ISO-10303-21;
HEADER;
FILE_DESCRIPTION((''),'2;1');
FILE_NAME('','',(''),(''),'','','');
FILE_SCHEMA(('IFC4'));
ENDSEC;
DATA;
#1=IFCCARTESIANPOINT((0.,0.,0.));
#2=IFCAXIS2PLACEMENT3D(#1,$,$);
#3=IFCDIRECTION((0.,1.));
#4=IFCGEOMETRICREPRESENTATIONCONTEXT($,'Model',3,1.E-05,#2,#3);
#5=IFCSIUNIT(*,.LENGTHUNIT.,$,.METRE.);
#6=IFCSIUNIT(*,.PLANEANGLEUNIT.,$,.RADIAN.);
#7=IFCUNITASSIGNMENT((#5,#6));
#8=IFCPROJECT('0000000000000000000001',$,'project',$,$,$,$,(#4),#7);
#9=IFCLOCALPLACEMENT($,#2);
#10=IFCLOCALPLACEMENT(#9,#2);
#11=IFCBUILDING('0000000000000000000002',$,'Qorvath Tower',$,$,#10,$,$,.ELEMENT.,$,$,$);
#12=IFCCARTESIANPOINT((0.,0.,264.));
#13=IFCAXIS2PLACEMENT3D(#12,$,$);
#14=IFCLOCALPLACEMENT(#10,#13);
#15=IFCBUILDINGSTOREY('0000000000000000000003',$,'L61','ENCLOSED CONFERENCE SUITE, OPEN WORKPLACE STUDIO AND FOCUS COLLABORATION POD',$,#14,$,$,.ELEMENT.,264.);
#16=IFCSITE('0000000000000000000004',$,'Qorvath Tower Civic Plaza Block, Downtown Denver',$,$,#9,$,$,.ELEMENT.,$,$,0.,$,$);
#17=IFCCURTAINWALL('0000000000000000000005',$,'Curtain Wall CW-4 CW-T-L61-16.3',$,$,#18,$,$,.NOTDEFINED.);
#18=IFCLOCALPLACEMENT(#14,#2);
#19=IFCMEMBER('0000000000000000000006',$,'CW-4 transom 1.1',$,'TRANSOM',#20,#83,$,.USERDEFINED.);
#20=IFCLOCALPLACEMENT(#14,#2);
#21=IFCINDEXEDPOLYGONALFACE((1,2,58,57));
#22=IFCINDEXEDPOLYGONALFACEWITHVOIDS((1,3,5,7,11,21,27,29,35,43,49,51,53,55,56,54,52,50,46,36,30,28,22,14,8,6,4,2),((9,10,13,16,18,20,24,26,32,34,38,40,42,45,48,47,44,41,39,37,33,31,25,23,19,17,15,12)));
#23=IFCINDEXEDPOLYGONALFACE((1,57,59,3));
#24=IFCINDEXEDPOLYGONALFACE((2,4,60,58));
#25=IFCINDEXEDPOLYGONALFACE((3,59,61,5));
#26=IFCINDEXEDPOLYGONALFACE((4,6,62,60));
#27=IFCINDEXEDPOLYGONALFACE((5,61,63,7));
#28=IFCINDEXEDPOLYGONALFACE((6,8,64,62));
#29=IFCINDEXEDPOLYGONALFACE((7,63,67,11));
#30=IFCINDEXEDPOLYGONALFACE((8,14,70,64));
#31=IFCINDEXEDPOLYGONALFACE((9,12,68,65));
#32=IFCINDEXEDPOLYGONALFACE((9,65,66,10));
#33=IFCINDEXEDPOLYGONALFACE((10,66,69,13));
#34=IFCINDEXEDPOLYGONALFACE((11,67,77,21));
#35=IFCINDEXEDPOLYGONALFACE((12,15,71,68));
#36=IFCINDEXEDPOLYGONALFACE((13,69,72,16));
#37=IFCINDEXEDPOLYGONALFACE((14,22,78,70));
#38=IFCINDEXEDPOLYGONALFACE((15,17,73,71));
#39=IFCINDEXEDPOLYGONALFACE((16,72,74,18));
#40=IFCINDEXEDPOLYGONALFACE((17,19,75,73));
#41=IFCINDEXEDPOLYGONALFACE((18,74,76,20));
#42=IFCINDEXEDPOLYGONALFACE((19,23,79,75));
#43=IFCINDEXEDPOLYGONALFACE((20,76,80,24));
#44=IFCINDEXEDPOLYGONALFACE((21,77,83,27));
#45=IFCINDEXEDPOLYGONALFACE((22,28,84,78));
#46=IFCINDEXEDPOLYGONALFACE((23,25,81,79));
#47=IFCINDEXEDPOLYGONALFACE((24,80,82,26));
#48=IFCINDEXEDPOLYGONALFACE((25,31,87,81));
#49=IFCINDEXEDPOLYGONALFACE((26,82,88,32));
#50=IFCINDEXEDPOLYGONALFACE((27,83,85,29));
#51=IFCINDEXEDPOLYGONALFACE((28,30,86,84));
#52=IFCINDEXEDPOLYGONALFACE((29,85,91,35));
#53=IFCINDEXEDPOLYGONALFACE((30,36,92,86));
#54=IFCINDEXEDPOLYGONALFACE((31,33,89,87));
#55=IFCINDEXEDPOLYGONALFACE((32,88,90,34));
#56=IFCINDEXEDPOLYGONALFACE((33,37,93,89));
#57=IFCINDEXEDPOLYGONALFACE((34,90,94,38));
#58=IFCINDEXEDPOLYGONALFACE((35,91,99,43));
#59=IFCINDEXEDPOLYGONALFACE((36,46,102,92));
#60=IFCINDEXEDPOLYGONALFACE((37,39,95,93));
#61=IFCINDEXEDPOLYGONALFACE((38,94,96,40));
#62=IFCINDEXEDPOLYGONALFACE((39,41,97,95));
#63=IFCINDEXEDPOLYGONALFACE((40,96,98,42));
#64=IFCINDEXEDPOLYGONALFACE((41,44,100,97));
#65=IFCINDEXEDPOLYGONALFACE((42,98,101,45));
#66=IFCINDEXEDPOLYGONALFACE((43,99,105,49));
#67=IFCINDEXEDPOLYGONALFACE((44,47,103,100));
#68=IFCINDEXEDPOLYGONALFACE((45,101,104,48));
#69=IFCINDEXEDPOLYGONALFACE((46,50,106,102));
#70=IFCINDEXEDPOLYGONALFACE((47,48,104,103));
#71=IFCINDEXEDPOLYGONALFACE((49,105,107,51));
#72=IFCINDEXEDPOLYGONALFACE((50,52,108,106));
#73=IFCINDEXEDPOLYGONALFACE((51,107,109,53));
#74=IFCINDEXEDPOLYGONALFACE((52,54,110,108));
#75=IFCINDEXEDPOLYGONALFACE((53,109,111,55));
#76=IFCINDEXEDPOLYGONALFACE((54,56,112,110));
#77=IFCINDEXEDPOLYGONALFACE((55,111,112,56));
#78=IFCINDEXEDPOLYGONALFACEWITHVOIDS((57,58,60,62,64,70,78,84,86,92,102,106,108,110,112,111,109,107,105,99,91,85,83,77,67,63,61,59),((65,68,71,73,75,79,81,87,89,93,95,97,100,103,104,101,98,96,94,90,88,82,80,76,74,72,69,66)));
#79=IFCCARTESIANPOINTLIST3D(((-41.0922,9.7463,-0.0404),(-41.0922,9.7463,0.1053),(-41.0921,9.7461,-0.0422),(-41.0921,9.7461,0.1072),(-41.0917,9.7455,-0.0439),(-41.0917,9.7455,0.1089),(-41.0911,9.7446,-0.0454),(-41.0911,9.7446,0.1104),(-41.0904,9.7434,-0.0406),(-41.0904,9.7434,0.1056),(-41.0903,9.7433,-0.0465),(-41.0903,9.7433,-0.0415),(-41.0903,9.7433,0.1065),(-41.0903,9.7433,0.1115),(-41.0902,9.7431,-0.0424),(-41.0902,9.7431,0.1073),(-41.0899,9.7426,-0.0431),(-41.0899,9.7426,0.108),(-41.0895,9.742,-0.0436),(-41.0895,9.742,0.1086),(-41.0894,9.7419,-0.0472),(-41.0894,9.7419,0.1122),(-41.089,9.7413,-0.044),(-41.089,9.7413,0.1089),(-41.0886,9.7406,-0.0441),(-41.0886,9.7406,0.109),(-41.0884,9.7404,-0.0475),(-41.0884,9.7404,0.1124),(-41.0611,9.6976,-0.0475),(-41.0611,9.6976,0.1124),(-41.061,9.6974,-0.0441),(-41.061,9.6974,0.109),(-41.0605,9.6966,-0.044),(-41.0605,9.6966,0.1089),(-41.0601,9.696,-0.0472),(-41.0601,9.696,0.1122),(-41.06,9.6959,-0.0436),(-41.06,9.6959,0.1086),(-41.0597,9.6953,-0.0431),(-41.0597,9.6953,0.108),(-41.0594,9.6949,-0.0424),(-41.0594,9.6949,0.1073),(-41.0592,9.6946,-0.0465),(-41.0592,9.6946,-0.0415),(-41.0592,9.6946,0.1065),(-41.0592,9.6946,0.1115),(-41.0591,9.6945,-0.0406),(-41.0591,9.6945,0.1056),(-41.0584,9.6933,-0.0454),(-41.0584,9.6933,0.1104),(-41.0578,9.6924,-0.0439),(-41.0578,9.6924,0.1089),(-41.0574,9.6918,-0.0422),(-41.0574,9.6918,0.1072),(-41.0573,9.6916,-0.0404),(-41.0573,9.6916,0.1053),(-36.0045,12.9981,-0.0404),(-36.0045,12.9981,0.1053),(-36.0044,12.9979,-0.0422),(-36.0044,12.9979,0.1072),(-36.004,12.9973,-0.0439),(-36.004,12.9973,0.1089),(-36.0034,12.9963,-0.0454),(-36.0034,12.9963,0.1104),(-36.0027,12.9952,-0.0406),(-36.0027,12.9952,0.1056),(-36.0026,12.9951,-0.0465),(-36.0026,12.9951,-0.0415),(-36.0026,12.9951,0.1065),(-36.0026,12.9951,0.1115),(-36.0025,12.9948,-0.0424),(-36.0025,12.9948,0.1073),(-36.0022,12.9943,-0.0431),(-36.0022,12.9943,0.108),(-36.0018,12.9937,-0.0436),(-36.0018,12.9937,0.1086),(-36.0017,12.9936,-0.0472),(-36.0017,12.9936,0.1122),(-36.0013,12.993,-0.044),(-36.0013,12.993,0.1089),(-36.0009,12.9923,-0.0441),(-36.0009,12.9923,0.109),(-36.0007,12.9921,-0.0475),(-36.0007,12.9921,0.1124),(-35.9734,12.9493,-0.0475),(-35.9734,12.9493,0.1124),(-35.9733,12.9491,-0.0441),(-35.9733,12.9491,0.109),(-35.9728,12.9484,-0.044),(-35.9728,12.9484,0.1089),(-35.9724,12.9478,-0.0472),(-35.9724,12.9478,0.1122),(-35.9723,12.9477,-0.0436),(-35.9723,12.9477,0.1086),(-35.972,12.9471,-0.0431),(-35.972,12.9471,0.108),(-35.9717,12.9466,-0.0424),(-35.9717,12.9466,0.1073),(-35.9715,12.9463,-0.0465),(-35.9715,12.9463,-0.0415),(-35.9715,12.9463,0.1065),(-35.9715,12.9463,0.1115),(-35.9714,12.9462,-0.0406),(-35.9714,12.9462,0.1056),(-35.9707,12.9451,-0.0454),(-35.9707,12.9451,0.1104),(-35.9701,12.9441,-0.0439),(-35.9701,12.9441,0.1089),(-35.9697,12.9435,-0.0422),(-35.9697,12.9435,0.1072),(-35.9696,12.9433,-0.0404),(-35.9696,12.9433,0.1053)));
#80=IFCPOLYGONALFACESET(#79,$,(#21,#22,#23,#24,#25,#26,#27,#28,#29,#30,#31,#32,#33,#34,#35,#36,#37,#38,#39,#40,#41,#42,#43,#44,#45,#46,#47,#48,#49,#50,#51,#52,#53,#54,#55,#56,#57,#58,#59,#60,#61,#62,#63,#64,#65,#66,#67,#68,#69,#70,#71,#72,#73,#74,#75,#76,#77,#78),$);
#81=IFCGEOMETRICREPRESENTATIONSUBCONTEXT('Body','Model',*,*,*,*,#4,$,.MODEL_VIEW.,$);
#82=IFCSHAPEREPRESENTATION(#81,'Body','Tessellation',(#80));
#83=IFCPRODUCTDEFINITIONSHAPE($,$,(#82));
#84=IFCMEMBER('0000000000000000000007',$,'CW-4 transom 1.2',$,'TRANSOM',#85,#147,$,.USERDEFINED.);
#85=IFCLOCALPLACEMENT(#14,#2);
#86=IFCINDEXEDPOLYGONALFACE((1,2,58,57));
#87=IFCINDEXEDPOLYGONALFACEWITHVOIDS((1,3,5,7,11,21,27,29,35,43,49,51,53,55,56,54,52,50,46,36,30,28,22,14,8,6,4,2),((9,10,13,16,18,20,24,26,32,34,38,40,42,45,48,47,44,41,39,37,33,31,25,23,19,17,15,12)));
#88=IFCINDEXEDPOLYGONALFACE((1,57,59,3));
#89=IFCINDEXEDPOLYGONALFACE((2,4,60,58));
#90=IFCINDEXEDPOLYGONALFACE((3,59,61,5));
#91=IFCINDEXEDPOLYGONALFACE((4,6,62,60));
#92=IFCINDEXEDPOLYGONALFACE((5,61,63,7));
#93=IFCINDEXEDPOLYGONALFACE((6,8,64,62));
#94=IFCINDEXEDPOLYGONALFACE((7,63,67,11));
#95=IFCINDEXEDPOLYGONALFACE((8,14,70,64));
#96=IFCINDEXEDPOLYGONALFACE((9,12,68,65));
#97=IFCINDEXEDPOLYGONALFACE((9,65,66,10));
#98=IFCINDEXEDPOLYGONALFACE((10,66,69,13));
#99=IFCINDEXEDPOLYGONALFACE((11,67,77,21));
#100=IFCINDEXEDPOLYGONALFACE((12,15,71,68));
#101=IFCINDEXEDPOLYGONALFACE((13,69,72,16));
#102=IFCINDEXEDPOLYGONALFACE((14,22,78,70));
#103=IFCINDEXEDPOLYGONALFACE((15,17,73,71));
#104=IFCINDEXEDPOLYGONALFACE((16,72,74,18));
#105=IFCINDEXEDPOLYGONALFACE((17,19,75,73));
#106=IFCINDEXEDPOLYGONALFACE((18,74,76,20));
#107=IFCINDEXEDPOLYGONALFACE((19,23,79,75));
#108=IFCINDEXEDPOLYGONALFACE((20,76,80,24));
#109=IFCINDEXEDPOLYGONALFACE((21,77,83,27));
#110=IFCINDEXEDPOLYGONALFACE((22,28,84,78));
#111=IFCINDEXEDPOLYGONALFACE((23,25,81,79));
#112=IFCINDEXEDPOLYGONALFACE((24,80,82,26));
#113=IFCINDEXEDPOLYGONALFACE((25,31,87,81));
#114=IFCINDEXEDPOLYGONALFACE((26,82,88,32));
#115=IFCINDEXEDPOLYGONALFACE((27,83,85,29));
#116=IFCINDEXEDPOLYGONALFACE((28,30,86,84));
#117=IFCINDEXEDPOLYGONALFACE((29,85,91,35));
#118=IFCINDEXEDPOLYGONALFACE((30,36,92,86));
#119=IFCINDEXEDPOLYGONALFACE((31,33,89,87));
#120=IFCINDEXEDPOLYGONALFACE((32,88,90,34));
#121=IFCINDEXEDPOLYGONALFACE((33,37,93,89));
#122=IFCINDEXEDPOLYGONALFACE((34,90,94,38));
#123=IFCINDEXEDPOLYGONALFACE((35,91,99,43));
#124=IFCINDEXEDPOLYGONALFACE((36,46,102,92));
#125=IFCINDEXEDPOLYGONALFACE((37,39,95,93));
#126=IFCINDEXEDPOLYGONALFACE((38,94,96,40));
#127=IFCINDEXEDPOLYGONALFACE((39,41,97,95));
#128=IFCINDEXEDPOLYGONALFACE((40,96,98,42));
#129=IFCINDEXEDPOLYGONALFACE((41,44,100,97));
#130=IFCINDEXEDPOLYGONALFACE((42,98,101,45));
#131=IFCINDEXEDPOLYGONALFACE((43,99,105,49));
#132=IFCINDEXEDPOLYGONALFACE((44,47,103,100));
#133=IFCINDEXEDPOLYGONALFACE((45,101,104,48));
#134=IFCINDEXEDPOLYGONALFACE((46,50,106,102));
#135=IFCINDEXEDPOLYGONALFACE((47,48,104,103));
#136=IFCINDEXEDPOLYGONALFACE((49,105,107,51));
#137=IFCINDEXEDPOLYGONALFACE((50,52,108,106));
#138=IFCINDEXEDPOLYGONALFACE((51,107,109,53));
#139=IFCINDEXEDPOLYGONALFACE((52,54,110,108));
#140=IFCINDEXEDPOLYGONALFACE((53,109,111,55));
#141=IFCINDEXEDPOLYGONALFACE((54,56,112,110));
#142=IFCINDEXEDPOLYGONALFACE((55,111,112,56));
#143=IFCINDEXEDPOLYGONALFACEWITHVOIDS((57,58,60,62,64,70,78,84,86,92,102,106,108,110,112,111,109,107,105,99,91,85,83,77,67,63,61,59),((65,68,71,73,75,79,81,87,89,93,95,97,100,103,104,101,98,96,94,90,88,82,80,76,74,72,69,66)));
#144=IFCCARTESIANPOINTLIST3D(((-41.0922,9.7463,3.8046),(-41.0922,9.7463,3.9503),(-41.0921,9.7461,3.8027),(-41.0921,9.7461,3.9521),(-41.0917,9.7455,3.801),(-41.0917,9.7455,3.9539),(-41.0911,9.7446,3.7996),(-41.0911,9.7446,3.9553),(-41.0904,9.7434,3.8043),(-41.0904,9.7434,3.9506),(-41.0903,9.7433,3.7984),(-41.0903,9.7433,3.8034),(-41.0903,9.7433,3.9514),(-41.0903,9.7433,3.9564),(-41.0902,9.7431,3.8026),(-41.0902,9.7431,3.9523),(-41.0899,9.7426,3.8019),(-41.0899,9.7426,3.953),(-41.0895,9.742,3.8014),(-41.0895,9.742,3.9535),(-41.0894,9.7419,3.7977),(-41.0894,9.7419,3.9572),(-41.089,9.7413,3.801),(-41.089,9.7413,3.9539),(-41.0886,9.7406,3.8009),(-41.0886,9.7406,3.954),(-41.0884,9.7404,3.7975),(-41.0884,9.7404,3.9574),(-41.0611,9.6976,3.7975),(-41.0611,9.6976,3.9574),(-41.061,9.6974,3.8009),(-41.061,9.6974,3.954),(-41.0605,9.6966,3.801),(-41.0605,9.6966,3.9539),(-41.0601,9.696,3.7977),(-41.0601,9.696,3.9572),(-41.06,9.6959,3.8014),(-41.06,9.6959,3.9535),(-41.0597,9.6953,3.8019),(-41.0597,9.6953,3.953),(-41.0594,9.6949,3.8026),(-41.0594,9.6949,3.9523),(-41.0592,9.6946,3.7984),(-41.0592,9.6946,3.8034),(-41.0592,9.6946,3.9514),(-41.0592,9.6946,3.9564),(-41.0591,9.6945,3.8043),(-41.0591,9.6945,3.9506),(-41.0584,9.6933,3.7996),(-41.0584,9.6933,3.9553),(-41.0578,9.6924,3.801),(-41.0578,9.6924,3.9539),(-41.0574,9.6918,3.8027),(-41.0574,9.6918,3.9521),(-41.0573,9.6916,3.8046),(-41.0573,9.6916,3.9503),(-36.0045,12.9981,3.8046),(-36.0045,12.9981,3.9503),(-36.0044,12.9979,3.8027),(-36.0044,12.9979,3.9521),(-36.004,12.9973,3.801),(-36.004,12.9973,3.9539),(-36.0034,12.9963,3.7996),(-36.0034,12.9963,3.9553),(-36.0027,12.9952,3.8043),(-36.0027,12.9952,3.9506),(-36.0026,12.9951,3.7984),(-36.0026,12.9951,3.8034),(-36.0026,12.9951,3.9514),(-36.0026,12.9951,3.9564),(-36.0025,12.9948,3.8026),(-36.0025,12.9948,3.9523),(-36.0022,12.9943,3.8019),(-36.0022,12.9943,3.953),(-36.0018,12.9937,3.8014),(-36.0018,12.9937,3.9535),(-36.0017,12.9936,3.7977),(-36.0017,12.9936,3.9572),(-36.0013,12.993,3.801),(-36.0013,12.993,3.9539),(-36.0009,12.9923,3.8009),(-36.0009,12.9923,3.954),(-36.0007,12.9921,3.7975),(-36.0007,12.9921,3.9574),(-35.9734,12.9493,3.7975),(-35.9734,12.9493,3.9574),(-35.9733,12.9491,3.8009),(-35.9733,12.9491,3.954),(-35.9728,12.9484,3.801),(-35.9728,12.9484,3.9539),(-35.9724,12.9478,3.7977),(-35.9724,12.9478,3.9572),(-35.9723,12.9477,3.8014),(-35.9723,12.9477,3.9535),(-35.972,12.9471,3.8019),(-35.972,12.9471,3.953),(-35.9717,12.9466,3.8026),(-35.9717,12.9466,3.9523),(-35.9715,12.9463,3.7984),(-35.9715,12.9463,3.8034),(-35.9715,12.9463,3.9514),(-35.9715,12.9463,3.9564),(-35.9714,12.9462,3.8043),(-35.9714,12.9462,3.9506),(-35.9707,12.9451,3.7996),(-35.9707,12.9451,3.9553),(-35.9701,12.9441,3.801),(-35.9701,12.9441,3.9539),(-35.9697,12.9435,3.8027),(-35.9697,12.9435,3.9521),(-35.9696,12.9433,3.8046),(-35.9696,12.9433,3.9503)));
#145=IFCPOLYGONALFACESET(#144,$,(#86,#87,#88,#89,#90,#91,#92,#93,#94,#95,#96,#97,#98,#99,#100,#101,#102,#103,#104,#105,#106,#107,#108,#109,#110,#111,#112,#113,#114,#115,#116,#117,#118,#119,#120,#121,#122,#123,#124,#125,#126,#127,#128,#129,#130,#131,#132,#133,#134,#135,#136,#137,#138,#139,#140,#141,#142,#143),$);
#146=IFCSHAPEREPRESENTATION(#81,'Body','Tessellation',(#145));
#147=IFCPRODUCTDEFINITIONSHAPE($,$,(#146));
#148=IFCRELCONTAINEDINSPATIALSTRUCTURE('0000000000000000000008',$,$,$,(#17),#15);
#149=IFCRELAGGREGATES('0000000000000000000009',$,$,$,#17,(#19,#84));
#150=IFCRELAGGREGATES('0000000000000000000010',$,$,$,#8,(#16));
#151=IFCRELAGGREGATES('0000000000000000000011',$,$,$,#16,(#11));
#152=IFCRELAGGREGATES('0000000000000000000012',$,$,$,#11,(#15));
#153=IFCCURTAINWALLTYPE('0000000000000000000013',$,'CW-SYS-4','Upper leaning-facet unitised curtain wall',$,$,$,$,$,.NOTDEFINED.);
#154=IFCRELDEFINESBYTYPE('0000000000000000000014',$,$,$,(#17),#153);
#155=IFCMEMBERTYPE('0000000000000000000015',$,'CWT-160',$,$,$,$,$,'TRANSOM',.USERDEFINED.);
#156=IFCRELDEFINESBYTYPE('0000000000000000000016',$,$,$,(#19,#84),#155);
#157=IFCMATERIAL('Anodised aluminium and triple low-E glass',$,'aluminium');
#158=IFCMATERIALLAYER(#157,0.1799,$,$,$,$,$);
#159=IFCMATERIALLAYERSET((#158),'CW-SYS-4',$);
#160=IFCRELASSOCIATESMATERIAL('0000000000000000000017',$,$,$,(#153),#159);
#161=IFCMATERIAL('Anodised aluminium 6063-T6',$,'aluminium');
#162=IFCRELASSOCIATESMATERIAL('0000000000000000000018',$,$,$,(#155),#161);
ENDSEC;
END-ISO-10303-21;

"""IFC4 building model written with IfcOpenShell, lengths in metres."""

from ifc_helpers import new_model, si_unit, direction, frame, origin, origin_2d, place, context, subcontext, project, spatial, hollow_rectangle, extrude, material, layer, layer_set, material_profile, profile_set, type_object, element, aggregate, save


model = new_model("IFC4")

# Units and contexts
model_context = context("Model", 3, precision=1e-05, world=origin(), true_north=direction((0.0, 1.0)))
body_context = subcontext(model_context, "Body", "Model", "MODEL_VIEW")
ifc_project = project(units=[si_unit("LENGTHUNIT", "METRE"), si_unit("PLANEANGLEUNIT", "RADIAN")], contexts=[model_context])

# Site, building, storey
site_placement = place(None, origin())
site = spatial("IfcSite", under=ifc_project, at=site_placement, Name="Qorvath Tower Civic Plaza Block, Downtown Denver", CompositionType="ELEMENT", RefElevation=0.0)
building_placement = place(site_placement, origin())
building = spatial("IfcBuilding", under=site, at=building_placement, Name="Qorvath Tower", CompositionType="ELEMENT")
storey_placement = place(building_placement, frame((0.0, 0.0, 264.0)))
storey = spatial("IfcBuildingStorey", under=building, at=storey_placement, Name="L61", Description="ENCLOSED CONFERENCE SUITE, OPEN WORKPLACE STUDIO AND FOCUS COLLABORATION POD", CompositionType="ELEMENT", Elevation=264.0)

# Curtain wall, members
ifc_material_1 = material(Name="Anodised aluminium and triple low-E glass", Category="aluminium")
ifc_layer_1 = layer(ifc_material_1, 0.1799)
ifc_layer_set_1 = layer_set([ifc_layer_1], Name="CW-SYS-4")
curtain_wall_type = type_object("IfcCurtainWallType", Name="CW-SYS-4", Description="Upper leaning-facet unitised curtain wall", PredefinedType="NOTDEFINED", material=ifc_layer_set_1)
curtain_wall_placement = place(storey_placement, origin())
curtain_wall = element("IfcCurtainWall", 1, at=curtain_wall_placement, inside=storey, type_object=curtain_wall_type, Name="Curtain Wall CW-4 CW-T-L61-16.3", PredefinedType="NOTDEFINED")
ifc_material_2 = material(Name="Anodised aluminium 6063-T6", Category="aluminium")
ifc_material_profile_1 = material_profile(ifc_material_2, hollow_rectangle(XDim=0.0649, YDim=0.1599, WallThickness=0.0034, InnerFilletRadius=0.0034, OuterFilletRadius=0.0071, at=origin_2d()), Name="CWT 160x65")
ifc_profile_set_1 = profile_set([ifc_material_profile_1], Name="Anodised aluminium 6063-T6")
member_type_1 = type_object("IfcMemberType", Name="CWT-160", ElementType="TRANSOM", PredefinedType="USERDEFINED", material=ifc_profile_set_1)
member_1_placement = place(storey_placement, frame((-35.9871, 12.9707, 0.0325), z_axis=(-0.842601, -0.538538, 0.0), x_axis=(0.538538, -0.842601, 0.0)))
member_1 = element("IfcMember", 2, at=member_1_placement, type_object=member_type_1, Name="CW-4 transom 1.1", ObjectType="TRANSOM", PredefinedType="USERDEFINED", context=body_context, shape_type="SweptSolid", body=[
    extrude(hollow_rectangle(XDim=0.0649, YDim=0.1599, WallThickness=0.0034, InnerFilletRadius=0.0034, OuterFilletRadius=0.0071, at=origin_2d()), origin(), (0.0, 0.0, 1.0), 6.0381),
])
member_2_placement = place(storey_placement, frame((-35.9871, 12.9707, 3.8774), z_axis=(-0.842601, -0.538538, 0.0), x_axis=(0.538538, -0.842601, 0.0)))
member_2 = element("IfcMember", 3, at=member_2_placement, type_object=member_type_1, Name="CW-4 transom 1.2", ObjectType="TRANSOM", PredefinedType="USERDEFINED", context=body_context, shape_type="SweptSolid", body=[
    extrude(hollow_rectangle(XDim=0.0649, YDim=0.1599, WallThickness=0.0034, InnerFilletRadius=0.0034, OuterFilletRadius=0.0071, at=origin_2d()), origin(), (0.0, 0.0, 1.0), 6.0381),
])
aggregate(curtain_wall, [member_1, member_2])

save(model, "model.ifc")
